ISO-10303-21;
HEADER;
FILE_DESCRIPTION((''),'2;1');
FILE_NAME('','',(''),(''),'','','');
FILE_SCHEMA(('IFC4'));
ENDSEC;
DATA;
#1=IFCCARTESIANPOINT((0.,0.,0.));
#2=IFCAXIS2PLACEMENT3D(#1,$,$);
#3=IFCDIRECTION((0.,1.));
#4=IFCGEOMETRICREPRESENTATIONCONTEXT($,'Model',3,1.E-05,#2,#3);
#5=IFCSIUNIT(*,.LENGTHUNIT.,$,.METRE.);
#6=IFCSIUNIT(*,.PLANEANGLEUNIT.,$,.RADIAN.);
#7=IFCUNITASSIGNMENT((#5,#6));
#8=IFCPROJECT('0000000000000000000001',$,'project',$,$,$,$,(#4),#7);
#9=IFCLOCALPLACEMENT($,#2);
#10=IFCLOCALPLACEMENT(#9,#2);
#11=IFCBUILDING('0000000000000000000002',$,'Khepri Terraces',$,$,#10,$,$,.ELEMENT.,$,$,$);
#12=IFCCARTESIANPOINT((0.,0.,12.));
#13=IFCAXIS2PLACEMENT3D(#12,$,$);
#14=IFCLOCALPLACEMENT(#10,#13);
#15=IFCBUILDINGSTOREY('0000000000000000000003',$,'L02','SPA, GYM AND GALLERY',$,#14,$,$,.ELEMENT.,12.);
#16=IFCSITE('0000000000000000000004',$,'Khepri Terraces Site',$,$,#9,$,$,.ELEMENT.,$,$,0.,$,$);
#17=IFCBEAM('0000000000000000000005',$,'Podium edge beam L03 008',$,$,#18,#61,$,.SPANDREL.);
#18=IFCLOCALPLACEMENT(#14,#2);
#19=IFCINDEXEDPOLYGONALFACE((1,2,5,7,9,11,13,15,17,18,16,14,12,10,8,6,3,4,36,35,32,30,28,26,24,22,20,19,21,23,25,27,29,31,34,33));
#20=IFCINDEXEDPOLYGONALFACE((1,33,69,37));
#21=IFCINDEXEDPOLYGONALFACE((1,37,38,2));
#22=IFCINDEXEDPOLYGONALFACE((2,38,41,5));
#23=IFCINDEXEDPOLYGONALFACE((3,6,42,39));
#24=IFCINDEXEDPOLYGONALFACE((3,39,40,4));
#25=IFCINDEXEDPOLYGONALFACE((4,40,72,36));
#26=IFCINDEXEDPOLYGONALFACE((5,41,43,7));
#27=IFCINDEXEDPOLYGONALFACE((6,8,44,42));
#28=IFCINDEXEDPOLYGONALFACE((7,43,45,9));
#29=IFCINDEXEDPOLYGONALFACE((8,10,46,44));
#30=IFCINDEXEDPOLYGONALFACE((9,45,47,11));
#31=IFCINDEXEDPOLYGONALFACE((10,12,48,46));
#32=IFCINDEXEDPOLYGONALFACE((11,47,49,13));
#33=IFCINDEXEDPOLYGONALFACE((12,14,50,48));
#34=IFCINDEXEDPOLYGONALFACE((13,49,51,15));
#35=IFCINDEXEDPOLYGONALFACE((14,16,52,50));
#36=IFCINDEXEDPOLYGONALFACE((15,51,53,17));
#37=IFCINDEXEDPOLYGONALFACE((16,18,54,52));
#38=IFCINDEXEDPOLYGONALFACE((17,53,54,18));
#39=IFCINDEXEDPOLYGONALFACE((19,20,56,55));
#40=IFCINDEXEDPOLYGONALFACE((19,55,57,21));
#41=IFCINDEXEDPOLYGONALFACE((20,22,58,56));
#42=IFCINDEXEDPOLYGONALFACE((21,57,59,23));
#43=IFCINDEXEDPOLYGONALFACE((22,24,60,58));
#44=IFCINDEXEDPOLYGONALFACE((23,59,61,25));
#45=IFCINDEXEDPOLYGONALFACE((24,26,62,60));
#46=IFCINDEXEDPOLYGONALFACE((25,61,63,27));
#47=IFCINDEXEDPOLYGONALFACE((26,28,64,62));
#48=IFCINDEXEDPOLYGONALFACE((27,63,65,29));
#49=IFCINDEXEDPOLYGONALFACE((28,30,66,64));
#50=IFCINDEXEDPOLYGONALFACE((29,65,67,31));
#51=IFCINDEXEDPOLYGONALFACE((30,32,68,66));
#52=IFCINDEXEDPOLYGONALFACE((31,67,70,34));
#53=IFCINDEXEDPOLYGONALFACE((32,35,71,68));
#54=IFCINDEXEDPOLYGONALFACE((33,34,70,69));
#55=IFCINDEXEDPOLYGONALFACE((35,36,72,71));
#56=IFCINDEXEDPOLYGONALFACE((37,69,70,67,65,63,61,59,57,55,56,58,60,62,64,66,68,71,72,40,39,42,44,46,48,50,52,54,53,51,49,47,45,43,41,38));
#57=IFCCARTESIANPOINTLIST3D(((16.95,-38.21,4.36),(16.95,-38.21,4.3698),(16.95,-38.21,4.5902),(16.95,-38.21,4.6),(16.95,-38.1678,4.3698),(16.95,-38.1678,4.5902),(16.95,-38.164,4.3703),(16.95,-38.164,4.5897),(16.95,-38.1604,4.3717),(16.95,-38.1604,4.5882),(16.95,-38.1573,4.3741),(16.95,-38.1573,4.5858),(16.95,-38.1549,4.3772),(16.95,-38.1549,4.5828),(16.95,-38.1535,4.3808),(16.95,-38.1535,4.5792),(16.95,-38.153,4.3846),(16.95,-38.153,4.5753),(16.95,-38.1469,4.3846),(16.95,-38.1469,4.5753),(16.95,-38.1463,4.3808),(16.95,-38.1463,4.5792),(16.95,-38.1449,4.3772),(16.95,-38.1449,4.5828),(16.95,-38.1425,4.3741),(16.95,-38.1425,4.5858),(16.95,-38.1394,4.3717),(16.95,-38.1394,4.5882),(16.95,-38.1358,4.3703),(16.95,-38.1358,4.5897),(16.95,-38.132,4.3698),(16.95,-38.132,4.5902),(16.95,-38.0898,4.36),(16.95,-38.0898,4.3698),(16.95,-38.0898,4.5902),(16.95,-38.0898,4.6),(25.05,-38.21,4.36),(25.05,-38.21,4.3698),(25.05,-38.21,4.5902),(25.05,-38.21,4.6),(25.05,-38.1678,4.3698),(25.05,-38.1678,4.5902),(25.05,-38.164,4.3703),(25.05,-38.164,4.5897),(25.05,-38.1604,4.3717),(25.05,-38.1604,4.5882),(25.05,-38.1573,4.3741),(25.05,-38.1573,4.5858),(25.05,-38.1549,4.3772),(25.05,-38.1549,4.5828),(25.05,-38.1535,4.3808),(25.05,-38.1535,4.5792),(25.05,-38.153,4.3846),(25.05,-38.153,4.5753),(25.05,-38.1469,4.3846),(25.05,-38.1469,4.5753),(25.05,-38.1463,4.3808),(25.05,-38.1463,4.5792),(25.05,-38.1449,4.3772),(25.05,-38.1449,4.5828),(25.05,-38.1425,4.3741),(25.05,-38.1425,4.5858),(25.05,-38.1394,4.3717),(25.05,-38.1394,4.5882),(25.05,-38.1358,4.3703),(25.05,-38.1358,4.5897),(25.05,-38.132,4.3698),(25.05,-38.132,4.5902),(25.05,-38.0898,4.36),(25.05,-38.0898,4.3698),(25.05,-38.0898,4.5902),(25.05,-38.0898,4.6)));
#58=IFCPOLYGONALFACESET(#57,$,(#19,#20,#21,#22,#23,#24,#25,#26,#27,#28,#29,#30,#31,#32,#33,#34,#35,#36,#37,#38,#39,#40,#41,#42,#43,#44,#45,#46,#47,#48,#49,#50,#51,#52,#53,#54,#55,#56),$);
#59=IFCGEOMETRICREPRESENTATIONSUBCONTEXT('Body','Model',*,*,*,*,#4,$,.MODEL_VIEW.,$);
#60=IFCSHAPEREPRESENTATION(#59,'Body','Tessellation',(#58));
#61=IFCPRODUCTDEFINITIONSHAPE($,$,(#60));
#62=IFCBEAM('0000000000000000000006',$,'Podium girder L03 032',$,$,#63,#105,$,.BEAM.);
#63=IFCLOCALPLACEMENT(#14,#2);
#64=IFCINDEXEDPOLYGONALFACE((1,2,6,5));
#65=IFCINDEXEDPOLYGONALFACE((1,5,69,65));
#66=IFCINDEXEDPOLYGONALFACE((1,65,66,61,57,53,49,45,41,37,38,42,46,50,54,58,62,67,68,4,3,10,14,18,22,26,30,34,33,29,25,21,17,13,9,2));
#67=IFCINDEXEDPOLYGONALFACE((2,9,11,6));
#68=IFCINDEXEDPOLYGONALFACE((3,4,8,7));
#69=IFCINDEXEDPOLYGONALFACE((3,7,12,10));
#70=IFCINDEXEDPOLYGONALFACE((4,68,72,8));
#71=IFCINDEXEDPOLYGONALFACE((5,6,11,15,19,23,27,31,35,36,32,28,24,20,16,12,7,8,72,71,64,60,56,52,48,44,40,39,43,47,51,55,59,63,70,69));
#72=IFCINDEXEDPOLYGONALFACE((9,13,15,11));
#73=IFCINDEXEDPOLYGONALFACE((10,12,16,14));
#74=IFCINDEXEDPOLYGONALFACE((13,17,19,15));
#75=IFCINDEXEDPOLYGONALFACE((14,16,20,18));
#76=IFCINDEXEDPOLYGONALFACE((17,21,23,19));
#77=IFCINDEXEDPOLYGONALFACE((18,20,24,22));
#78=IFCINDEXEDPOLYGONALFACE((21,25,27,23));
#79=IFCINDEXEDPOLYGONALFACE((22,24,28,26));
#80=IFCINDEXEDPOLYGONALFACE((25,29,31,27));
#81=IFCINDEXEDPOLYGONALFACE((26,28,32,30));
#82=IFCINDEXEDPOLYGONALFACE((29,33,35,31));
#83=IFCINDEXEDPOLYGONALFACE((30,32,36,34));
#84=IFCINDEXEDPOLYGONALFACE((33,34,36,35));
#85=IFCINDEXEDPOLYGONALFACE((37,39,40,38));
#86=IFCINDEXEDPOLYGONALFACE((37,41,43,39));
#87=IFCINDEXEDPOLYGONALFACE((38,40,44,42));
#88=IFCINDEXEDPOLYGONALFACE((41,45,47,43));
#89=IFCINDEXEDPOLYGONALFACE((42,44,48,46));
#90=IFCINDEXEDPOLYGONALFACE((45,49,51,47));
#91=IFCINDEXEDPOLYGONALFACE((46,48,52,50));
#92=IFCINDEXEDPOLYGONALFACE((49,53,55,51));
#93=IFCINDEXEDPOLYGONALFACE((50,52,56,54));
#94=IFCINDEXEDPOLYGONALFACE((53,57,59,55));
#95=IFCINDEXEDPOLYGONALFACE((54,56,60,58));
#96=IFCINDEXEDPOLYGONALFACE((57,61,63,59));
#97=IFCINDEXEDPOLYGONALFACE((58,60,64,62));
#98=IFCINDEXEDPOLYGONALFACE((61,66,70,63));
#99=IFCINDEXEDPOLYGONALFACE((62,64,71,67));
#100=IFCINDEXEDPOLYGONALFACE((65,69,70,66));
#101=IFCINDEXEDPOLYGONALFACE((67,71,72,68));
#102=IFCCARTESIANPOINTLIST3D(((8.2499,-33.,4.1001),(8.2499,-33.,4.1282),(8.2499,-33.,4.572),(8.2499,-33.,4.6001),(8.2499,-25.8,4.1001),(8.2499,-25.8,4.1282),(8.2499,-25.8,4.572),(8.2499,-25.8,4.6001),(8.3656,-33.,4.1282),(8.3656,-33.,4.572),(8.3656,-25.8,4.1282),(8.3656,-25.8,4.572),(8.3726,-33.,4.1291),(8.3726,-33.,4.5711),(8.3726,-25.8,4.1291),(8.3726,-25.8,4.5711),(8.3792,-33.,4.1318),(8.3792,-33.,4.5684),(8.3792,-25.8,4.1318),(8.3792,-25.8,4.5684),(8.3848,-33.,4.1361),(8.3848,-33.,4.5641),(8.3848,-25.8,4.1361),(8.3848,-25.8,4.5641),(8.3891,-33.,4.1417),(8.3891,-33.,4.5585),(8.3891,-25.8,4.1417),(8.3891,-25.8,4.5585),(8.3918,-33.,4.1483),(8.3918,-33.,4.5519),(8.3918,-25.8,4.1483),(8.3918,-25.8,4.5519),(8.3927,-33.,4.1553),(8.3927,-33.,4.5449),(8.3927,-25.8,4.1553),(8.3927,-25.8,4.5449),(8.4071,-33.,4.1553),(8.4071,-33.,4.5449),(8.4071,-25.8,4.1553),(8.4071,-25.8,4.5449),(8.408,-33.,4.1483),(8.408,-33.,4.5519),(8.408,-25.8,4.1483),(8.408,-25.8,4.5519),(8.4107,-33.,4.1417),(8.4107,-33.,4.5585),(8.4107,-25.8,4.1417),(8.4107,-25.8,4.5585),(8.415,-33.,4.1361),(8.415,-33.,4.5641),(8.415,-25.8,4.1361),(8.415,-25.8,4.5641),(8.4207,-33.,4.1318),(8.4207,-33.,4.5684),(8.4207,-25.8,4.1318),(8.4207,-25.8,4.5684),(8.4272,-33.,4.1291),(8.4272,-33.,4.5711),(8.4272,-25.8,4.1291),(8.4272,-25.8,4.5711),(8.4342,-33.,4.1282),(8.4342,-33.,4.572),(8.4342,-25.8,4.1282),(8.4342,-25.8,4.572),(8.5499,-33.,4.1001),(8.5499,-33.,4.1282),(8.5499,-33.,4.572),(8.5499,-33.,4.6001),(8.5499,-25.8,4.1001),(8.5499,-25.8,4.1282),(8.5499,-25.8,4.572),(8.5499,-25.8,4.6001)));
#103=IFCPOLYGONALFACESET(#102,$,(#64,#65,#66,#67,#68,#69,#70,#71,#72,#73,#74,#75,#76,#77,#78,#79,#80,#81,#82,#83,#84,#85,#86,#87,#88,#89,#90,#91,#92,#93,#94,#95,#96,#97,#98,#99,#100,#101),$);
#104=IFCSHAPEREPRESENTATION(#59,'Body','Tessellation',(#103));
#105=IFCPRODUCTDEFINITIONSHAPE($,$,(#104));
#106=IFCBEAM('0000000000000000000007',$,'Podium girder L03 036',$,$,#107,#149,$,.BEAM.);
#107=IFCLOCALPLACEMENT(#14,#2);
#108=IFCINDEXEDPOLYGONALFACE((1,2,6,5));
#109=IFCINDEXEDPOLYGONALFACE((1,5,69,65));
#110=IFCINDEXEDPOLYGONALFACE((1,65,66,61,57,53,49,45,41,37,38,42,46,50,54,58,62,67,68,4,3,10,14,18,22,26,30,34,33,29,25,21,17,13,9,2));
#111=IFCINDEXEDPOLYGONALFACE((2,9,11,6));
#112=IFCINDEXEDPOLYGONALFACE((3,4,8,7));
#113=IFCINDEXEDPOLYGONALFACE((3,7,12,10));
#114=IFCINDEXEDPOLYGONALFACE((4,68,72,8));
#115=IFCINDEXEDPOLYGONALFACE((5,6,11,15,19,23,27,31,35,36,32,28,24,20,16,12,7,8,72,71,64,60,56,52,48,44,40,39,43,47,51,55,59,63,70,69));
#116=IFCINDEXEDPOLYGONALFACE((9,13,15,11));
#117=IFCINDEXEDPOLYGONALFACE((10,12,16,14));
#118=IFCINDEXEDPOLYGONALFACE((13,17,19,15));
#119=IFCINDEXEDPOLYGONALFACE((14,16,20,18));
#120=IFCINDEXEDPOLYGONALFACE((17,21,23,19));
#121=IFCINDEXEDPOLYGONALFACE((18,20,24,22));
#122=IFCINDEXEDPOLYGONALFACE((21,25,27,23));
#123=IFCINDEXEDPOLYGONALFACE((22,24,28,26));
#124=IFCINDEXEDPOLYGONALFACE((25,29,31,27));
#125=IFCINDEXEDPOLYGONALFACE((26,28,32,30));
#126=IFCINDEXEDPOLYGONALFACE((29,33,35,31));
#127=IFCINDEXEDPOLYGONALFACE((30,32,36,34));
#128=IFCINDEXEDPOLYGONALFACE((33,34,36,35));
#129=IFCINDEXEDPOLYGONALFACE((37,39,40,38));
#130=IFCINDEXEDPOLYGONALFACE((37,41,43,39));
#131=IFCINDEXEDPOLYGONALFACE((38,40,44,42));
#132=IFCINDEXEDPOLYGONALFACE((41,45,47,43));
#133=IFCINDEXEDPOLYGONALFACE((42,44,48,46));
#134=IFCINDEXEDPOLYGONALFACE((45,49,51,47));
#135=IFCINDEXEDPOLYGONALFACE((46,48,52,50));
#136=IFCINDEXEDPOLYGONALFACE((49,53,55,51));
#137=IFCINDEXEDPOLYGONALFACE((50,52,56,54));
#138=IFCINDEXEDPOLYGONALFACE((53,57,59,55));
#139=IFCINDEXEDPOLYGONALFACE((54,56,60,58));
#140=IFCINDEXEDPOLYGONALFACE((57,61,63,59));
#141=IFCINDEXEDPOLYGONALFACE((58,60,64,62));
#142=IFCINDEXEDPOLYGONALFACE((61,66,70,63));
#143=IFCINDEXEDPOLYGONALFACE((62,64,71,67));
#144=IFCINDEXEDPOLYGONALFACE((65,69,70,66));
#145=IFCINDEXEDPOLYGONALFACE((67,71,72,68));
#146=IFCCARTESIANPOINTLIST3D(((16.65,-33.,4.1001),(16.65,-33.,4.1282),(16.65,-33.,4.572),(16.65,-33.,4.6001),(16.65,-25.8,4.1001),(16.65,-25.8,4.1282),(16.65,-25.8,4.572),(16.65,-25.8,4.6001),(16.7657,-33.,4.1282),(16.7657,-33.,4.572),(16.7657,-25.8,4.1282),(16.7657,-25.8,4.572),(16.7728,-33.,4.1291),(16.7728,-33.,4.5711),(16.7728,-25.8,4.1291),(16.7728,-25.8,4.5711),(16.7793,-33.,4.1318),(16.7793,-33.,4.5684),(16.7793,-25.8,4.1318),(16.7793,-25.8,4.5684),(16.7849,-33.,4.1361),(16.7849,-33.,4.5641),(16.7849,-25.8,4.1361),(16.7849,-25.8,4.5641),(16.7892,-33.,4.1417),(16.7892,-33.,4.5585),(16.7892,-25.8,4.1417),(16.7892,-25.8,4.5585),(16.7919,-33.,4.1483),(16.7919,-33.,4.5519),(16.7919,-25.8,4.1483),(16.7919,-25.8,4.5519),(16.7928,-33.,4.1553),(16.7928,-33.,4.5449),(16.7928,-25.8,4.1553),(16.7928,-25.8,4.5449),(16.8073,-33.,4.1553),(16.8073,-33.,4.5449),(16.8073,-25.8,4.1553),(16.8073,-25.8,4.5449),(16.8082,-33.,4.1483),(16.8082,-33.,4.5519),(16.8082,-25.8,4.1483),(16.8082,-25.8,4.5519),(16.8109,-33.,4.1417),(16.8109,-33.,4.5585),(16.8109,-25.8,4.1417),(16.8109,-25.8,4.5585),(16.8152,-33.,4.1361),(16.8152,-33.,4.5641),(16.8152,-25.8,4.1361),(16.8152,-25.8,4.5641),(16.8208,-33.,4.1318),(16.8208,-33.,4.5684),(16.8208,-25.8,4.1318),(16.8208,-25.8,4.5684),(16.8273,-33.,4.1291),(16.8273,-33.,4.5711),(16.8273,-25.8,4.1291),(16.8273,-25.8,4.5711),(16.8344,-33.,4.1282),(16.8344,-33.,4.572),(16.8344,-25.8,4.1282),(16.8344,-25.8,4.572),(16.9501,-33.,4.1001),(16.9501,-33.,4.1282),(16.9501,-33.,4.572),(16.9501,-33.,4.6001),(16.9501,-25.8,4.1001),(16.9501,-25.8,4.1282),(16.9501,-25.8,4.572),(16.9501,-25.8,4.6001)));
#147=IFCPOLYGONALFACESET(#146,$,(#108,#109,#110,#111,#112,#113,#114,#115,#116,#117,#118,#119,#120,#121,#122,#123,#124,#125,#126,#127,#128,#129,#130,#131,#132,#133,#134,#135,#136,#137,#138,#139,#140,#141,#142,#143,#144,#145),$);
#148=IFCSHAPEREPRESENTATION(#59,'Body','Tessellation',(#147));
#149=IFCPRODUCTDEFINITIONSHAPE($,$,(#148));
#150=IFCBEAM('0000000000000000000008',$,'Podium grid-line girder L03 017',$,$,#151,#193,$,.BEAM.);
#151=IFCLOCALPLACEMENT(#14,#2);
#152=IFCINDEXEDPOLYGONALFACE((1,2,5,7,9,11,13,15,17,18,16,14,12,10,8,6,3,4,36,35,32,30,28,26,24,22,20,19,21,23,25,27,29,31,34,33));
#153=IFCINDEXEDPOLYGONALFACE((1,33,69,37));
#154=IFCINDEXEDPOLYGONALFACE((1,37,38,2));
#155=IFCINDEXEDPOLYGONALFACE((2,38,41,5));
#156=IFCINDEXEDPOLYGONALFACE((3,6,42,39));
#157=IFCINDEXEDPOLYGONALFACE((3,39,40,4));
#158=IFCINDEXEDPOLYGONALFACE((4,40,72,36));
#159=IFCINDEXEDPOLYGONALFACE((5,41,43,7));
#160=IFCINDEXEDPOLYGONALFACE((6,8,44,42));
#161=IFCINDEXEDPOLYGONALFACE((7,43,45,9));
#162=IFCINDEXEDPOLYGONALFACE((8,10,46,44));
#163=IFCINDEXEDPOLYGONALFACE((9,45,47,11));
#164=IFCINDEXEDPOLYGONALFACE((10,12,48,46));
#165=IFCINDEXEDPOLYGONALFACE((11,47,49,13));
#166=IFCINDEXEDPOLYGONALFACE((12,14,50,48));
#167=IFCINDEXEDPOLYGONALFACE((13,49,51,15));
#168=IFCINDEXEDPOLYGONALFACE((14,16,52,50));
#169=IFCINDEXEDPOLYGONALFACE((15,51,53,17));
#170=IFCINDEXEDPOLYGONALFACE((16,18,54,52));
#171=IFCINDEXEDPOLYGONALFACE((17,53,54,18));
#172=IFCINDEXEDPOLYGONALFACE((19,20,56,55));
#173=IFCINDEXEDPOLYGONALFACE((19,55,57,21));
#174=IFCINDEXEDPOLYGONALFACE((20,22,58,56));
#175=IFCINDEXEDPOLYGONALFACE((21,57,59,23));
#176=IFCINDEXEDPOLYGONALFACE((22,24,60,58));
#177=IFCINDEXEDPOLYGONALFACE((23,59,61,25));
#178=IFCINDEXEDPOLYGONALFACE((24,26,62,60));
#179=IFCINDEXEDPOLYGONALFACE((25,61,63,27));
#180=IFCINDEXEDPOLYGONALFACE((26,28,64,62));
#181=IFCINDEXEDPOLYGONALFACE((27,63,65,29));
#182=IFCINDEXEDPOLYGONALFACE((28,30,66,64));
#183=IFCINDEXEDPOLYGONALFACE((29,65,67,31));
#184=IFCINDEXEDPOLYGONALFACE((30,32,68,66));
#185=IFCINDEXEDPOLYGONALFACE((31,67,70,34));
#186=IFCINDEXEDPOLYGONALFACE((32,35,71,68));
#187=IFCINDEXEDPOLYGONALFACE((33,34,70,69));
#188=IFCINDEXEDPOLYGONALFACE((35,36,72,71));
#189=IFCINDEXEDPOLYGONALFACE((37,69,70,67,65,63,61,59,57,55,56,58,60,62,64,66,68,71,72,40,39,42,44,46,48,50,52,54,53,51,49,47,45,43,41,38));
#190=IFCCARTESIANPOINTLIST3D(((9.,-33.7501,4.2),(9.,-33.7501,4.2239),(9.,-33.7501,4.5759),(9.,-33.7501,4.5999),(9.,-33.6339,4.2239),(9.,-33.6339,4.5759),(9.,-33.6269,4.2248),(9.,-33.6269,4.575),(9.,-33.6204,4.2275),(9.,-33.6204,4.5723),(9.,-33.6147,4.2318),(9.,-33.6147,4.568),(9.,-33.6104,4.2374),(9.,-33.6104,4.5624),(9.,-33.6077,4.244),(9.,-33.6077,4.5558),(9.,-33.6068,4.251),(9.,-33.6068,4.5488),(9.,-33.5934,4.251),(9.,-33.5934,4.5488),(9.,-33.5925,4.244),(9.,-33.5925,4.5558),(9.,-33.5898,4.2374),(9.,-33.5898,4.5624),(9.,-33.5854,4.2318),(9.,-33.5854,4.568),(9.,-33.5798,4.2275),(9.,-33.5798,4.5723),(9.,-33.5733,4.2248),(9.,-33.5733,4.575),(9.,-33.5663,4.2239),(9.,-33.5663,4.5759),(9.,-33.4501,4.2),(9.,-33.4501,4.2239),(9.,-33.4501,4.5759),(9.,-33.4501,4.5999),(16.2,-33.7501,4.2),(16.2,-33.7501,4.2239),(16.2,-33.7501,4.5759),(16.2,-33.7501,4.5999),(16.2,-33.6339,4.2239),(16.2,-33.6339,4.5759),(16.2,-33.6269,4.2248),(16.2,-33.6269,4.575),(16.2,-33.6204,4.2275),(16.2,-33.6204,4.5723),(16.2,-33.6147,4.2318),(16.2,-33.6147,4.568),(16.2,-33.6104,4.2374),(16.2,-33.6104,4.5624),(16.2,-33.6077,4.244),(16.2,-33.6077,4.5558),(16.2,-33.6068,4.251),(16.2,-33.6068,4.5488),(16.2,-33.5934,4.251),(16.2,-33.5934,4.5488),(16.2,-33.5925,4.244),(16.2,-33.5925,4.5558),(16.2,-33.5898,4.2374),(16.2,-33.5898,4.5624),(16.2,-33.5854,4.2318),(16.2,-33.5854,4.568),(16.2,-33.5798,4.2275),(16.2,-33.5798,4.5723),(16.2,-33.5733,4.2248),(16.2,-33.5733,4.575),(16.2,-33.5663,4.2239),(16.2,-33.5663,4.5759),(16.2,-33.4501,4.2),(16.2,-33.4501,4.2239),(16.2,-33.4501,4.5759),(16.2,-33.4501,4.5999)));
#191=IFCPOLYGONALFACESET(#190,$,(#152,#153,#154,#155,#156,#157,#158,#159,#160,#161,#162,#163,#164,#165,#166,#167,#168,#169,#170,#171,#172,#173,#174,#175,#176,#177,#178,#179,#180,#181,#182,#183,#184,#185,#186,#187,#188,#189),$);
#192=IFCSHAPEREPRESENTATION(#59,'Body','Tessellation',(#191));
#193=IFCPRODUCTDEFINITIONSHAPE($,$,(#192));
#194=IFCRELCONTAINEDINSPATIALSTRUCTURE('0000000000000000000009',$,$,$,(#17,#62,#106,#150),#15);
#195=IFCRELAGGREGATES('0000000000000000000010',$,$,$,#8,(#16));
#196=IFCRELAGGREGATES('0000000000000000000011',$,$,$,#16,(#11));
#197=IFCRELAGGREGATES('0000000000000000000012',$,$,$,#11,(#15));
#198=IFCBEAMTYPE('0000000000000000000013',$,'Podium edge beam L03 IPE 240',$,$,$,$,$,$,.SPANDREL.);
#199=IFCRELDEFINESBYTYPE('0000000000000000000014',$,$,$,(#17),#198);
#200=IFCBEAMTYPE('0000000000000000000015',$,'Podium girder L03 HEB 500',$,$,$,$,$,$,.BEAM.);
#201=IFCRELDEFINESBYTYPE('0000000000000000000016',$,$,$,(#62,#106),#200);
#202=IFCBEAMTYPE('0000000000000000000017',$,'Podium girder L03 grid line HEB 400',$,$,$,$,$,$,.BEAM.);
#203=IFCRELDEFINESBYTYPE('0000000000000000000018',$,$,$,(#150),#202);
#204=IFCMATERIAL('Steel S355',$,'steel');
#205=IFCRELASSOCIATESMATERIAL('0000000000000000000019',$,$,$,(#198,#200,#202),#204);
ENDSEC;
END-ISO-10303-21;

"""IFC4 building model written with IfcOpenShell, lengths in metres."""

from ifc_helpers import new_model, si_unit, direction, frame, origin, origin_2d, place, context, subcontext, project, spatial, i_section, extrude, material, material_profile, profile_set, type_object, element, save


model = new_model("IFC4")

# Units and contexts
model_context = context("Model", 3, precision=1e-05, world=origin(), true_north=direction((0.0, 1.0)))
body_context = subcontext(model_context, "Body", "Model", "MODEL_VIEW")
ifc_project = project(units=[si_unit("LENGTHUNIT", "METRE"), si_unit("PLANEANGLEUNIT", "RADIAN")], contexts=[model_context])

# Site, building, storey
site_placement = place(None, origin())
site = spatial("IfcSite", under=ifc_project, at=site_placement, Name="Khepri Terraces Site", CompositionType="ELEMENT", RefElevation=0.0)
building_placement = place(site_placement, origin())
building = spatial("IfcBuilding", under=site, at=building_placement, Name="Khepri Terraces", CompositionType="ELEMENT")
storey_placement = place(building_placement, frame((0.0, 0.0, 12.0)))
storey = spatial("IfcBuildingStorey", under=building, at=storey_placement, Name="L02", Description="SPA, GYM AND GALLERY", CompositionType="ELEMENT", Elevation=12.0)

# Beams
ifc_material_1 = material(Name="Steel S355", Category="steel")
ifc_material_profile_1 = material_profile(ifc_material_1, i_section(OverallWidth=0.1201, OverallDepth=0.24, WebThickness=0.0061, FlangeThickness=0.0098, FilletRadius=0.0149, at=origin_2d()), Name="Steel S355", Category="steel")
ifc_profile_set_1 = profile_set([ifc_material_profile_1], Name="Steel S355")
beam_type_1 = type_object("IfcBeamType", Name="Podium edge beam L03 IPE 240", PredefinedType="SPANDREL", material=ifc_profile_set_1)
beam_1_placement = place(storey_placement, frame((16.95, -38.1499, 4.48), z_axis=(1.0, 0.0, 0.0), x_axis=(0.0, 1.0, 0.0)))
element("IfcBeam", 1, at=beam_1_placement, inside=storey, type_object=beam_type_1, Name="Podium edge beam L03 008", PredefinedType="SPANDREL", context=body_context, shape_type="SweptSolid", body=[
    extrude(i_section(OverallWidth=0.1201, OverallDepth=0.24, WebThickness=0.0061, FlangeThickness=0.0098, FilletRadius=0.0149, at=origin_2d()), origin(), (0.0, 0.0, 1.0), 8.1001),
])
ifc_material_profile_2 = material_profile(ifc_material_1, i_section(OverallWidth=0.3, OverallDepth=0.5, WebThickness=0.0144, FlangeThickness=0.0281, FilletRadius=0.0271, at=origin_2d()), Name="Steel S355", Category="steel")
ifc_profile_set_2 = profile_set([ifc_material_profile_2], Name="Steel S355")
beam_type_2 = type_object("IfcBeamType", Name="Podium girder L03 HEB 500", PredefinedType="BEAM", material=ifc_profile_set_2)
for number, where, z_axis, x_axis, name in (
    (2, (8.3999, -33.0, 4.3501), (0.0, 1.0, 0.0), (-1.0, 0.0, 0.0), "Podium girder L03 032"),
    (3, (16.8, -33.0, 4.3501), (0.0, 1.0, 0.0), (-1.0, 0.0, 0.0), "Podium girder L03 036"),
):
    element("IfcBeam", number, at=place(storey_placement, frame(where, z_axis=z_axis, x_axis=x_axis)), inside=storey, type_object=beam_type_2, Name=name, PredefinedType="BEAM", context=body_context, shape_type="SweptSolid", body=[
        extrude(i_section(OverallWidth=0.3, OverallDepth=0.5, WebThickness=0.0144, FlangeThickness=0.0281, FilletRadius=0.0271, at=origin_2d()), origin(), (0.0, 0.0, 1.0), 7.2),
    ])
ifc_material_profile_3 = material_profile(ifc_material_1, i_section(OverallWidth=0.3, OverallDepth=0.3999, WebThickness=0.0134, FlangeThickness=0.0239, FilletRadius=0.0271, at=origin_2d()), Name="Steel S355", Category="steel")
ifc_profile_set_3 = profile_set([ifc_material_profile_3], Name="Steel S355")
beam_type_3 = type_object("IfcBeamType", Name="Podium girder L03 grid line HEB 400", PredefinedType="BEAM", material=ifc_profile_set_3)
beam_2_placement = place(storey_placement, frame((9.0, -33.6001, 4.3999), z_axis=(1.0, 0.0, 0.0), x_axis=(0.0, 1.0, 0.0)))
element("IfcBeam", 4, at=beam_2_placement, inside=storey, type_object=beam_type_3, Name="Podium grid-line girder L03 017", PredefinedType="BEAM", context=body_context, shape_type="SweptSolid", body=[
    extrude(i_section(OverallWidth=0.3, OverallDepth=0.3999, WebThickness=0.0134, FlangeThickness=0.0239, FilletRadius=0.0271, at=origin_2d()), origin(), (0.0, 0.0, 1.0), 7.2),
])

save(model, "model.ifc")
